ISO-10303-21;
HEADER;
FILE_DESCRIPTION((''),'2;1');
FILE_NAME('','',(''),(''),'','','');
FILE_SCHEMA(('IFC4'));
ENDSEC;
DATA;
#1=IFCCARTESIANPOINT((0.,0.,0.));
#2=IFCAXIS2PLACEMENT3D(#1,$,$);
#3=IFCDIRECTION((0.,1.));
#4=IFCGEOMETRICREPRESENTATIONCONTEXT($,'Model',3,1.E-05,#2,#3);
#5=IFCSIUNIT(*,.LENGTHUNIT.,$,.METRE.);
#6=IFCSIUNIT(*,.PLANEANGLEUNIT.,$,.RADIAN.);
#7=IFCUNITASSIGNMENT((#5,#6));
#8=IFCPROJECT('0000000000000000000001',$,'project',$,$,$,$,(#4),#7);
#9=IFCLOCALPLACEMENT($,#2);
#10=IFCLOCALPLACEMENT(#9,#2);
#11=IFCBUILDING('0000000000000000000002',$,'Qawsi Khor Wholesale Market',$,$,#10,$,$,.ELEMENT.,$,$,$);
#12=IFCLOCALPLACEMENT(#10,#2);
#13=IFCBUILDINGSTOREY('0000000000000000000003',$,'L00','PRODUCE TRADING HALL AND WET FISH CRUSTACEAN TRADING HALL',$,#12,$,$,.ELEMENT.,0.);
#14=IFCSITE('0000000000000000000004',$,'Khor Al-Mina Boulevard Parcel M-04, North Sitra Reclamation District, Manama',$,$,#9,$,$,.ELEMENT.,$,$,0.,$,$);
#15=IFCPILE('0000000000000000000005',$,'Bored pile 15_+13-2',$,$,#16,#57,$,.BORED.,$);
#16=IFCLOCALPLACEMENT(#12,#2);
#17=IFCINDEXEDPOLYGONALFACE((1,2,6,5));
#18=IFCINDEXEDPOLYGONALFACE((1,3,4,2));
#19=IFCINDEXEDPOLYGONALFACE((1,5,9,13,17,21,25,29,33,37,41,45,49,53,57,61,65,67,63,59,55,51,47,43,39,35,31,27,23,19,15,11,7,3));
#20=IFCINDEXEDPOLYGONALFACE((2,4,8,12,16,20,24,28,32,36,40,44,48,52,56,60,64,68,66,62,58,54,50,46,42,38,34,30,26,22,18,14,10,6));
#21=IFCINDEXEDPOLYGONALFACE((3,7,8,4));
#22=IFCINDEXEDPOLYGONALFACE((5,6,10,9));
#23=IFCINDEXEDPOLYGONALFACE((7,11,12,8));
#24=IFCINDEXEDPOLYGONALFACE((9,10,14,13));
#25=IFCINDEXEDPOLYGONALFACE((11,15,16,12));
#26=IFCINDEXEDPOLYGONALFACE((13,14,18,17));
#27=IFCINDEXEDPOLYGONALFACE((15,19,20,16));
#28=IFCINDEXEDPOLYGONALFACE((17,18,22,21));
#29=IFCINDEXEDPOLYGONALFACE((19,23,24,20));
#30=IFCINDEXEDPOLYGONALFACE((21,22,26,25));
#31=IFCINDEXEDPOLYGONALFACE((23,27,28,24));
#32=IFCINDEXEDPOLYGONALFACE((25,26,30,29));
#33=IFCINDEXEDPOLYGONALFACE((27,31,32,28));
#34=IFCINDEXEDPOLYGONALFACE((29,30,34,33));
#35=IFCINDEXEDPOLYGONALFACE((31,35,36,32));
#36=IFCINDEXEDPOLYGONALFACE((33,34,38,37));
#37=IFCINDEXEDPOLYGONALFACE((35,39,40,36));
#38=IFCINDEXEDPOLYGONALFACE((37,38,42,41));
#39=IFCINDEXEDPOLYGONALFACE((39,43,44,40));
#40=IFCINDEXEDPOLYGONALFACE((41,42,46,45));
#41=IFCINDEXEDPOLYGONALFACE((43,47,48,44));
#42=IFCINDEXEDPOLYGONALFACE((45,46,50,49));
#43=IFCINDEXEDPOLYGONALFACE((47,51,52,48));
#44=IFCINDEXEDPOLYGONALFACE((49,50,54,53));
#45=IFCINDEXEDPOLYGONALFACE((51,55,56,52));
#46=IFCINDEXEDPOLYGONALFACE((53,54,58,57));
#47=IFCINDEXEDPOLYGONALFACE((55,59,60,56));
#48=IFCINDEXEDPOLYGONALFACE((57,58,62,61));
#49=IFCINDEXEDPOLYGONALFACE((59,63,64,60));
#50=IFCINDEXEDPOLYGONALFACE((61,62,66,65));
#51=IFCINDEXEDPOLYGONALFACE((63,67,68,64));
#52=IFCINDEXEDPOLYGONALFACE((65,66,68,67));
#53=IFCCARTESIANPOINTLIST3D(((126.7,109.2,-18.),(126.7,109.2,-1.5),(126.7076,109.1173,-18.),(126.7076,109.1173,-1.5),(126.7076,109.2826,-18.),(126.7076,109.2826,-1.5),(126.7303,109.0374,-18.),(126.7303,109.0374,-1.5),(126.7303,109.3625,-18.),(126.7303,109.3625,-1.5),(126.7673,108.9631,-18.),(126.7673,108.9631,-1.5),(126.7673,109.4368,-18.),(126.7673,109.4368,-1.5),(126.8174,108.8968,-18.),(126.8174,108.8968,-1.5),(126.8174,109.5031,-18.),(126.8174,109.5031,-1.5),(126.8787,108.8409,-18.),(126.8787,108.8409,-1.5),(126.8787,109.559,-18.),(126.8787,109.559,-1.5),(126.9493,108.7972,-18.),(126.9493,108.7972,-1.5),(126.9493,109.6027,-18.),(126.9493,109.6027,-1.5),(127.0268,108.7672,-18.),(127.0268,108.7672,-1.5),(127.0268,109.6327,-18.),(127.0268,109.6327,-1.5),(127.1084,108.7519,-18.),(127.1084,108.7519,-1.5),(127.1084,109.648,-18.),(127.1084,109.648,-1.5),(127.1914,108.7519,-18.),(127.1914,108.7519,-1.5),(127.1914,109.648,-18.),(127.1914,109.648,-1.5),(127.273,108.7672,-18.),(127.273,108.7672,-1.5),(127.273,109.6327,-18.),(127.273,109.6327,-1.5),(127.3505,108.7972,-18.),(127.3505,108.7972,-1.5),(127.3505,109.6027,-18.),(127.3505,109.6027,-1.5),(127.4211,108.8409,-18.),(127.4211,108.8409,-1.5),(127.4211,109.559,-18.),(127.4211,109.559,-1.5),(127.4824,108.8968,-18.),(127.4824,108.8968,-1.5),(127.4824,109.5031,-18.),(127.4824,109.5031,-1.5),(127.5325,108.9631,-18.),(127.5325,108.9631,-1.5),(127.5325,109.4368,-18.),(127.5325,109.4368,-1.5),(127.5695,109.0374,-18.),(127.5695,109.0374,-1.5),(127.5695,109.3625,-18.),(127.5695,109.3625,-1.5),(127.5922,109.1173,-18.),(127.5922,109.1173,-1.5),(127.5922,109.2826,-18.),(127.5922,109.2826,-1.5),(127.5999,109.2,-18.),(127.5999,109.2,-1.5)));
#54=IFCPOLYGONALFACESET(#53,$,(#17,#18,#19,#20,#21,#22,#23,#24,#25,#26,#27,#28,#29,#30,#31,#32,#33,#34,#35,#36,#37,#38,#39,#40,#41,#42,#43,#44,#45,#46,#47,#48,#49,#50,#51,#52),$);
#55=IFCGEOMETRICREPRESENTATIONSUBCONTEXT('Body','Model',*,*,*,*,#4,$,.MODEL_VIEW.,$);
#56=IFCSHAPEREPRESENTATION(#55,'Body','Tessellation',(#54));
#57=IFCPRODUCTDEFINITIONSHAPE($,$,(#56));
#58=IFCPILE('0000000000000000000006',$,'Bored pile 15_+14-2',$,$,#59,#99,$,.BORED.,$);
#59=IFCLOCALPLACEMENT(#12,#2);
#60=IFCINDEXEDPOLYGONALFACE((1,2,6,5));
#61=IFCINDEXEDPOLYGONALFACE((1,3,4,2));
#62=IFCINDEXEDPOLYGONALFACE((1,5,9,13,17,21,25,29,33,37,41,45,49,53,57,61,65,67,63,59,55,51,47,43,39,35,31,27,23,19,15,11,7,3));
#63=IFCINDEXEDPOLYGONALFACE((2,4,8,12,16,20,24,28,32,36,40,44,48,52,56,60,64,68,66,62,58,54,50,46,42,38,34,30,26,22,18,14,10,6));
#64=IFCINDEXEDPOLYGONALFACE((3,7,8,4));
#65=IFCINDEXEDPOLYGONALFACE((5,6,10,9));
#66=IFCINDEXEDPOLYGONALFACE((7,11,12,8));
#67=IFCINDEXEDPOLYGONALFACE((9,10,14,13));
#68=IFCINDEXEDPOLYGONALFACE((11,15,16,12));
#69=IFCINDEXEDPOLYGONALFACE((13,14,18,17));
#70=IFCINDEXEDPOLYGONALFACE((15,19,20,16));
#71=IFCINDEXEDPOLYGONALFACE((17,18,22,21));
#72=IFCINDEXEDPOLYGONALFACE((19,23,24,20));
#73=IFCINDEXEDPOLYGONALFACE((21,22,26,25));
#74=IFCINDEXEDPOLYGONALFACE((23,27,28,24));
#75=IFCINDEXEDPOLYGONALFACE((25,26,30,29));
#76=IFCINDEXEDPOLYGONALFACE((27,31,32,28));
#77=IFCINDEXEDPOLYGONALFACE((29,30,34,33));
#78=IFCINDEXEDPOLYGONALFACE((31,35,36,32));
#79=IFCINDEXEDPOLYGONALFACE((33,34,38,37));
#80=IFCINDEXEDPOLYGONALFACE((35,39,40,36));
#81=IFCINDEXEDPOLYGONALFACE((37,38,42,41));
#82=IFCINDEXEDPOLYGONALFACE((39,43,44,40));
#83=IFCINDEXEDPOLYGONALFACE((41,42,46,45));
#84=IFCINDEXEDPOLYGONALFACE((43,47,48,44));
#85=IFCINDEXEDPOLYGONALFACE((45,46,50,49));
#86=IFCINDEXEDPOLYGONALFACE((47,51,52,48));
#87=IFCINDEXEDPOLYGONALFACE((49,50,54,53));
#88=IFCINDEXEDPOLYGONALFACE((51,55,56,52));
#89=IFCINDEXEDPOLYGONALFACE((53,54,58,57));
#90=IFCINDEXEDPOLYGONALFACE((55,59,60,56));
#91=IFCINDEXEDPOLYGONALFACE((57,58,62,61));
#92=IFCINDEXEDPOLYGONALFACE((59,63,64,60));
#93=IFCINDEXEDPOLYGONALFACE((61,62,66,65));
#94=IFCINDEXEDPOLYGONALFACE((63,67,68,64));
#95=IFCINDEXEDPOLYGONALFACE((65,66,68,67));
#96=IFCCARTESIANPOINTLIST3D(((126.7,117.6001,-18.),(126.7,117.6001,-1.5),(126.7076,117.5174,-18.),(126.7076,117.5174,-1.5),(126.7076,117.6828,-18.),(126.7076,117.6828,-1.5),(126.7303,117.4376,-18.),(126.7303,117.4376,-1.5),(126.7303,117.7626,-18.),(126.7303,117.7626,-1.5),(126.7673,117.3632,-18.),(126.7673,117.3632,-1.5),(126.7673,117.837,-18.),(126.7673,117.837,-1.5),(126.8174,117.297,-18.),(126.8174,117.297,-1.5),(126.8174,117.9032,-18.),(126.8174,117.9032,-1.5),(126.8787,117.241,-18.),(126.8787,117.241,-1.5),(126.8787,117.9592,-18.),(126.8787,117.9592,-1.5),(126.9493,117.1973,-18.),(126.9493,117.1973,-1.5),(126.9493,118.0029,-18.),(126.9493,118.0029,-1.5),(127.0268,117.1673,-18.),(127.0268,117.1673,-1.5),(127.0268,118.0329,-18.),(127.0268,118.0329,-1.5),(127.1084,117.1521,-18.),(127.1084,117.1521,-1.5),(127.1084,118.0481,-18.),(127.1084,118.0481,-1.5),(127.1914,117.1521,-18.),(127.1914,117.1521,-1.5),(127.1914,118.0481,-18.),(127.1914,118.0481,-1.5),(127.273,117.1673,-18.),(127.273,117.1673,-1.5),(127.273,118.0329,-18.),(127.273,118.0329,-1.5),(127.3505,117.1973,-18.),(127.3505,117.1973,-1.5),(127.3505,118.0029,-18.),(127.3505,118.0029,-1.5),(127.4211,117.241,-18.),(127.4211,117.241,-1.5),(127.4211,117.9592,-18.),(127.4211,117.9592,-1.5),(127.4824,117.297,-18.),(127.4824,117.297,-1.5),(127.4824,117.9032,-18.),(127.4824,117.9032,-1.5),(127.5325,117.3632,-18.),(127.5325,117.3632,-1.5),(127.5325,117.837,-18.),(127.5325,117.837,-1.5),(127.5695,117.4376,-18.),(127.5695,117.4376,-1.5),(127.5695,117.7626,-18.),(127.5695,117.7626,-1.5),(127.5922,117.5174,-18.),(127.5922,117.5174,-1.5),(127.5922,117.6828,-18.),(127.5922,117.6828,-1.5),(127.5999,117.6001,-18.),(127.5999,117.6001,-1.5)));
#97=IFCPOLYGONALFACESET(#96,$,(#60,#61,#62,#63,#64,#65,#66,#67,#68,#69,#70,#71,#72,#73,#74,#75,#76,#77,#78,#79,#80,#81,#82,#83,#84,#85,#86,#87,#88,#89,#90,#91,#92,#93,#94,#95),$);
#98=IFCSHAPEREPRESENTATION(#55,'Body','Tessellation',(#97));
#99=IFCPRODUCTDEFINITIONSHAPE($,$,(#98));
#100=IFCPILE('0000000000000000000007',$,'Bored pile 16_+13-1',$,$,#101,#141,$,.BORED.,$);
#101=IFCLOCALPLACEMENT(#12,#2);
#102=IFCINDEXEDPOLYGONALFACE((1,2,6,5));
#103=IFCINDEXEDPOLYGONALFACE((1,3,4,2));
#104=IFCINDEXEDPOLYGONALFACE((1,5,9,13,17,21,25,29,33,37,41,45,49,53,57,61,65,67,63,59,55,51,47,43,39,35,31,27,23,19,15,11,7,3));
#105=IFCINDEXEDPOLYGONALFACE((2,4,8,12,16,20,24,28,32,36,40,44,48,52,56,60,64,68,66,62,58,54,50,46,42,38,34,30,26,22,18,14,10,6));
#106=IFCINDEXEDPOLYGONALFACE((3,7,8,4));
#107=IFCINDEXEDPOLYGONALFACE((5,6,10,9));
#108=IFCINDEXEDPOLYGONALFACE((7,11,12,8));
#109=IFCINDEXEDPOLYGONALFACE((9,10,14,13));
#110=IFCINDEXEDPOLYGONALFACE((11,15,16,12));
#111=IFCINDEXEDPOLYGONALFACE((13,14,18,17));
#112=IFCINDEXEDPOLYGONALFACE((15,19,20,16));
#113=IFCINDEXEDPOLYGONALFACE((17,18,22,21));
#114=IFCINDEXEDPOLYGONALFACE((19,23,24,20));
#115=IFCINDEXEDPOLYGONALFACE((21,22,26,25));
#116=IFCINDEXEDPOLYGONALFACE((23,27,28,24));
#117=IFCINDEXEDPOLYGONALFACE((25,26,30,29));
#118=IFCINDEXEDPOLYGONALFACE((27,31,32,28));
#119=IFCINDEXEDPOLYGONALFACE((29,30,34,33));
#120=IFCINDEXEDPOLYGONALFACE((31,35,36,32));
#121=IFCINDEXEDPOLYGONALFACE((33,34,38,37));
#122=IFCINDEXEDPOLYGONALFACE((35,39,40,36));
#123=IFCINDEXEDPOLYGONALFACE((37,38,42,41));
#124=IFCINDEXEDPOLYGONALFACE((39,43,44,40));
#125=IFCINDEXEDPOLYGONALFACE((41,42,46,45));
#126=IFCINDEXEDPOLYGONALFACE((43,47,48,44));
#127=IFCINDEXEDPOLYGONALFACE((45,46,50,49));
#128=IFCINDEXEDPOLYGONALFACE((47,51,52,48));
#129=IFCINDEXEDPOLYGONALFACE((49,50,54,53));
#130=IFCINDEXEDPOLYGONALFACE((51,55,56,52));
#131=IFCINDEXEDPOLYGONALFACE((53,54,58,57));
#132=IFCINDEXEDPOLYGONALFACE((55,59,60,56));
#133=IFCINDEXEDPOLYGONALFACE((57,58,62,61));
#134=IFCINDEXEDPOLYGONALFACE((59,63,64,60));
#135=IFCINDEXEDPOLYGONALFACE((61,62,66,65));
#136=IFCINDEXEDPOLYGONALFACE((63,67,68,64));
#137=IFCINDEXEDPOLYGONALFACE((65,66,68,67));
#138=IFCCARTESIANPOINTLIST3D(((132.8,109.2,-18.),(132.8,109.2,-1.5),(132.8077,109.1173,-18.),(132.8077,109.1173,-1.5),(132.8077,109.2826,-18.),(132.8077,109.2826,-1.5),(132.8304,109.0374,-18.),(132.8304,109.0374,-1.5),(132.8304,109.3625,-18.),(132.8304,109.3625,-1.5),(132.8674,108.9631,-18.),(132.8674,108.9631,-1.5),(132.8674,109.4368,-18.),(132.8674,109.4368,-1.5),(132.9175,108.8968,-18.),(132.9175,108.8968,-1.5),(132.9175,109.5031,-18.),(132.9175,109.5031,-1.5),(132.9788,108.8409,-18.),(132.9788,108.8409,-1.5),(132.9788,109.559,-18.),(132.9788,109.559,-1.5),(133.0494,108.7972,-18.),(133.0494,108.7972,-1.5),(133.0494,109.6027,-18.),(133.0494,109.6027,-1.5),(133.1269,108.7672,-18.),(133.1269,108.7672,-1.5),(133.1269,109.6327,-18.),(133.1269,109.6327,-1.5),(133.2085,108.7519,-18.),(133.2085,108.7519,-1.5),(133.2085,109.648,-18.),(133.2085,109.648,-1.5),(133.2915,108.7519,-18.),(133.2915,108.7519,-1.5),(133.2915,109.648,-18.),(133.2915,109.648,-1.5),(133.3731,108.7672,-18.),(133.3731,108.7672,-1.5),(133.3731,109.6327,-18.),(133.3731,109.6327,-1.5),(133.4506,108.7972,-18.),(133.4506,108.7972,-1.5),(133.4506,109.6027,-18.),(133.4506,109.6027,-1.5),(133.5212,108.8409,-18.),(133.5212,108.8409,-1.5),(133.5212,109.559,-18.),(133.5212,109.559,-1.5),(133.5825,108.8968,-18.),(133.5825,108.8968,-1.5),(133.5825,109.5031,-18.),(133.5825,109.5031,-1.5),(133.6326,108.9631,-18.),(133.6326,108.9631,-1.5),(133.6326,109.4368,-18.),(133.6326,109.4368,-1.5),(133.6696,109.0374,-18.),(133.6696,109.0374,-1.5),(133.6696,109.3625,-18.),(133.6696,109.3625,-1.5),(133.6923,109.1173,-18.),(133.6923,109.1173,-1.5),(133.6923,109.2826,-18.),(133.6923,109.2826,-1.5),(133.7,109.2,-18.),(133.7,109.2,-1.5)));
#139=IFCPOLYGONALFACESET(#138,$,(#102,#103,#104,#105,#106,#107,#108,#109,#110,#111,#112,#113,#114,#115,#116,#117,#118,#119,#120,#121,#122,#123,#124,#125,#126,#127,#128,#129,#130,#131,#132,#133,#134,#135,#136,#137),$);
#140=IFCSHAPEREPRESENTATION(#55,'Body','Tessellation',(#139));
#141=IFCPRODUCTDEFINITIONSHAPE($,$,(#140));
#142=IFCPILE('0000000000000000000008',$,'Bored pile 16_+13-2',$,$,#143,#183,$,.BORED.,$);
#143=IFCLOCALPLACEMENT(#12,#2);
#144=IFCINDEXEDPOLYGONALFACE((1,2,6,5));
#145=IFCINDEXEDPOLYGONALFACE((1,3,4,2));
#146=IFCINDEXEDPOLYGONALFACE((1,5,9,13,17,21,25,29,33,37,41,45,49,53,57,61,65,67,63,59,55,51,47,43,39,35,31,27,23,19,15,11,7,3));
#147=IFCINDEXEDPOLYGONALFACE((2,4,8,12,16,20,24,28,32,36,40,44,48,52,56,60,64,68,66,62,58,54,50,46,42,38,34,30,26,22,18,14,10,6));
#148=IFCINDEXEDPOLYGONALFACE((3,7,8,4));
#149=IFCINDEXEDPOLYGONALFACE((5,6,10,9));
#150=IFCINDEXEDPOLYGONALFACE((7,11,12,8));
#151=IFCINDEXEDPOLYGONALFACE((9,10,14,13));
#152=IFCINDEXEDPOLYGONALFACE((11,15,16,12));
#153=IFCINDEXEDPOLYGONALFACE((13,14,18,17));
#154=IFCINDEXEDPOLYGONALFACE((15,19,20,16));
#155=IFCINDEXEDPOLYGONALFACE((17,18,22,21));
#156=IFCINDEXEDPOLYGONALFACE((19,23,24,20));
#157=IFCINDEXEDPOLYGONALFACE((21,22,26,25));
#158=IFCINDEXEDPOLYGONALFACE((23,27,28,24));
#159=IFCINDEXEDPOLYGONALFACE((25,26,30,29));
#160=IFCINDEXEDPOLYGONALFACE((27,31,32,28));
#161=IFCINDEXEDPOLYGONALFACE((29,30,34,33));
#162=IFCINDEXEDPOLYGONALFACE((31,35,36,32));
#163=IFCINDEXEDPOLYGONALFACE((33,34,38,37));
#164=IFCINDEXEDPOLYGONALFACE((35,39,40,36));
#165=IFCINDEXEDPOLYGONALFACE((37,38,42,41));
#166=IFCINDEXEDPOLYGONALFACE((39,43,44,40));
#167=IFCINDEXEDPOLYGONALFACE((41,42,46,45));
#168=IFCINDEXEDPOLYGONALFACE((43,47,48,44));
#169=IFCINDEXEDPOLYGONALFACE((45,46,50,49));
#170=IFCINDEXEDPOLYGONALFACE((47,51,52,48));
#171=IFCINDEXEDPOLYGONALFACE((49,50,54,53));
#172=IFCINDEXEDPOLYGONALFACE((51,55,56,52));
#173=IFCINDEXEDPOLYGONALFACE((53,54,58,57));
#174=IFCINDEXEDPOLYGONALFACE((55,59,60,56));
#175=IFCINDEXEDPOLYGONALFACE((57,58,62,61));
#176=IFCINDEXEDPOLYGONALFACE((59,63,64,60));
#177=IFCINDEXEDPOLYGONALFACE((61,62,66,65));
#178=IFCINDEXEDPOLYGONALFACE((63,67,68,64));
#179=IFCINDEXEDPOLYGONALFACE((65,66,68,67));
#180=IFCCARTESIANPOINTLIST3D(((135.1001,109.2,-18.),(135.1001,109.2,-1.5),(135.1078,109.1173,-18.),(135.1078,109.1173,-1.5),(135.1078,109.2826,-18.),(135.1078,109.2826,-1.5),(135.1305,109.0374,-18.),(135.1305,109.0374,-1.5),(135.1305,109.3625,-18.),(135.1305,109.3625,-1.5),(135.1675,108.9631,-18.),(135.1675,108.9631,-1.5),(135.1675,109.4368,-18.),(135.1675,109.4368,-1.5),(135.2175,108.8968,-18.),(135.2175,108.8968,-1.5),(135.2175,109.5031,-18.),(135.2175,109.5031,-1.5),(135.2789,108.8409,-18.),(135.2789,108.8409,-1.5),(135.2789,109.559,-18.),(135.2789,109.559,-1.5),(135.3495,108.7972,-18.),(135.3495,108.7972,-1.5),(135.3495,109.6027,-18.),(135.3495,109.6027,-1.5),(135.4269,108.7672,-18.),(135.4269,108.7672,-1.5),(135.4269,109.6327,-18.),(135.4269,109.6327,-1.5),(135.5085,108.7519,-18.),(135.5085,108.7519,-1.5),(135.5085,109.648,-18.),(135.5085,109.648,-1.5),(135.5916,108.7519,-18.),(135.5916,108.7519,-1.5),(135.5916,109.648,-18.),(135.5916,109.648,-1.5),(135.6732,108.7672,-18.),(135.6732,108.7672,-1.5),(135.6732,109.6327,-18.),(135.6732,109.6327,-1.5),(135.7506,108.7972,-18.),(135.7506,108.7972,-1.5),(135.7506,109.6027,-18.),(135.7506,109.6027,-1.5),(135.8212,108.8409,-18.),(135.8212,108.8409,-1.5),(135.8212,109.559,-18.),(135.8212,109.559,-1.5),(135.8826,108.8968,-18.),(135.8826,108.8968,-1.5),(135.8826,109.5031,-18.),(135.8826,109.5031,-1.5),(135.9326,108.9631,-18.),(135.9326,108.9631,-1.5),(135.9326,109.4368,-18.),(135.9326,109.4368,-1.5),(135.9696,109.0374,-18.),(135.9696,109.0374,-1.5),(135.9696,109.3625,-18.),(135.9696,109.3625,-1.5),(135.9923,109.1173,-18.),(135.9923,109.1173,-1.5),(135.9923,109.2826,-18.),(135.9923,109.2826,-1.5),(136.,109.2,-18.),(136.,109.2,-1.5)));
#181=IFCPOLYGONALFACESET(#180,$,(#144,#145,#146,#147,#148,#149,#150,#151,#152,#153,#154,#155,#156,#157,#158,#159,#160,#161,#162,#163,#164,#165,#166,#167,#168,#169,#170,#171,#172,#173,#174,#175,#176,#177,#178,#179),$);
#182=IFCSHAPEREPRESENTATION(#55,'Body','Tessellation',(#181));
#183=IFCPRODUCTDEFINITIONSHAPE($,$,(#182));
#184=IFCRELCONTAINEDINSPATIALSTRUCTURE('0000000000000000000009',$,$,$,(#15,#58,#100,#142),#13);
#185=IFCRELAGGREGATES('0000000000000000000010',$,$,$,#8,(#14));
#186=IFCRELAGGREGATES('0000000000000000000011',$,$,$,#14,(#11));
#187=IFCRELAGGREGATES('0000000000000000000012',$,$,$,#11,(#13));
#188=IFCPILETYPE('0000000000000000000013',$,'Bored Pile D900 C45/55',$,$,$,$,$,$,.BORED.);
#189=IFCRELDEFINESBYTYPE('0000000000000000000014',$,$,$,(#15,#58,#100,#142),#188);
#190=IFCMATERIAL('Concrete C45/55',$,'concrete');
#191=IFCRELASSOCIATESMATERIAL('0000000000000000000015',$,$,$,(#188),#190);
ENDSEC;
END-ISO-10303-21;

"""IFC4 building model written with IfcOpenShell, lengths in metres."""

from ifc_helpers import new_model, si_unit, direction, frame, origin, origin_2d, place, context, subcontext, project, spatial, circle, extrude, material, material_profile, profile_set, type_object, element, save


model = new_model("IFC4")

# Units and contexts
model_context = context("Model", 3, precision=1e-05, world=origin(), true_north=direction((0.0, 1.0)))
body_context = subcontext(model_context, "Body", "Model", "MODEL_VIEW")
ifc_project = project(units=[si_unit("LENGTHUNIT", "METRE"), si_unit("PLANEANGLEUNIT", "RADIAN")], contexts=[model_context])

# Site, building, storey
site_placement = place(None, origin())
site = spatial("IfcSite", under=ifc_project, at=site_placement, Name="Khor Al-Mina Boulevard Parcel M-04, North Sitra Reclamation District, Manama", CompositionType="ELEMENT", RefElevation=0.0)
building_placement = place(site_placement, origin())
building = spatial("IfcBuilding", under=site, at=building_placement, Name="Qawsi Khor Wholesale Market", CompositionType="ELEMENT")
storey_placement = place(building_placement, origin())
storey = spatial("IfcBuildingStorey", under=building, at=storey_placement, Name="L00", Description="PRODUCE TRADING HALL AND WET FISH CRUSTACEAN TRADING HALL", CompositionType="ELEMENT", Elevation=0.0)

# Piles
ifc_material_1 = material(Name="Concrete C45/55", Category="concrete")
ifc_material_profile_1 = material_profile(ifc_material_1, circle(Radius=0.45, at=origin_2d()), Name="PILE D900")
ifc_profile_set_1 = profile_set([ifc_material_profile_1], Name="Concrete C45/55")
pile_type = type_object("IfcPileType", Name="Bored Pile D900 C45/55", PredefinedType="BORED", material=ifc_profile_set_1)
for number, where, z_axis, x_axis, name in (
    (1, (127.1499, 109.2, -1.5), (0.0, 0.0, -1.0), (1.0, 0.0, 0.0), "Bored pile 15_+13-2"),
    (2, (127.1499, 117.6001, -1.5), (0.0, 0.0, -1.0), (1.0, 0.0, 0.0), "Bored pile 15_+14-2"),
    (3, (133.25, 109.2, -1.5), (0.0, 0.0, -1.0), (1.0, 0.0, 0.0), "Bored pile 16_+13-1"),
    (4, (135.55, 109.2, -1.5), (0.0, 0.0, -1.0), (1.0, 0.0, 0.0), "Bored pile 16_+13-2"),
):
    element("IfcPile", number, at=place(storey_placement, frame(where, z_axis=z_axis, x_axis=x_axis)), inside=storey, type_object=pile_type, Name=name, PredefinedType="BORED", context=body_context, shape_type="SweptSolid", body=[
        extrude(circle(Radius=0.45, at=origin_2d()), origin(), (0.0, 0.0, 1.0), 16.5),
    ])

save(model, "model.ifc")
